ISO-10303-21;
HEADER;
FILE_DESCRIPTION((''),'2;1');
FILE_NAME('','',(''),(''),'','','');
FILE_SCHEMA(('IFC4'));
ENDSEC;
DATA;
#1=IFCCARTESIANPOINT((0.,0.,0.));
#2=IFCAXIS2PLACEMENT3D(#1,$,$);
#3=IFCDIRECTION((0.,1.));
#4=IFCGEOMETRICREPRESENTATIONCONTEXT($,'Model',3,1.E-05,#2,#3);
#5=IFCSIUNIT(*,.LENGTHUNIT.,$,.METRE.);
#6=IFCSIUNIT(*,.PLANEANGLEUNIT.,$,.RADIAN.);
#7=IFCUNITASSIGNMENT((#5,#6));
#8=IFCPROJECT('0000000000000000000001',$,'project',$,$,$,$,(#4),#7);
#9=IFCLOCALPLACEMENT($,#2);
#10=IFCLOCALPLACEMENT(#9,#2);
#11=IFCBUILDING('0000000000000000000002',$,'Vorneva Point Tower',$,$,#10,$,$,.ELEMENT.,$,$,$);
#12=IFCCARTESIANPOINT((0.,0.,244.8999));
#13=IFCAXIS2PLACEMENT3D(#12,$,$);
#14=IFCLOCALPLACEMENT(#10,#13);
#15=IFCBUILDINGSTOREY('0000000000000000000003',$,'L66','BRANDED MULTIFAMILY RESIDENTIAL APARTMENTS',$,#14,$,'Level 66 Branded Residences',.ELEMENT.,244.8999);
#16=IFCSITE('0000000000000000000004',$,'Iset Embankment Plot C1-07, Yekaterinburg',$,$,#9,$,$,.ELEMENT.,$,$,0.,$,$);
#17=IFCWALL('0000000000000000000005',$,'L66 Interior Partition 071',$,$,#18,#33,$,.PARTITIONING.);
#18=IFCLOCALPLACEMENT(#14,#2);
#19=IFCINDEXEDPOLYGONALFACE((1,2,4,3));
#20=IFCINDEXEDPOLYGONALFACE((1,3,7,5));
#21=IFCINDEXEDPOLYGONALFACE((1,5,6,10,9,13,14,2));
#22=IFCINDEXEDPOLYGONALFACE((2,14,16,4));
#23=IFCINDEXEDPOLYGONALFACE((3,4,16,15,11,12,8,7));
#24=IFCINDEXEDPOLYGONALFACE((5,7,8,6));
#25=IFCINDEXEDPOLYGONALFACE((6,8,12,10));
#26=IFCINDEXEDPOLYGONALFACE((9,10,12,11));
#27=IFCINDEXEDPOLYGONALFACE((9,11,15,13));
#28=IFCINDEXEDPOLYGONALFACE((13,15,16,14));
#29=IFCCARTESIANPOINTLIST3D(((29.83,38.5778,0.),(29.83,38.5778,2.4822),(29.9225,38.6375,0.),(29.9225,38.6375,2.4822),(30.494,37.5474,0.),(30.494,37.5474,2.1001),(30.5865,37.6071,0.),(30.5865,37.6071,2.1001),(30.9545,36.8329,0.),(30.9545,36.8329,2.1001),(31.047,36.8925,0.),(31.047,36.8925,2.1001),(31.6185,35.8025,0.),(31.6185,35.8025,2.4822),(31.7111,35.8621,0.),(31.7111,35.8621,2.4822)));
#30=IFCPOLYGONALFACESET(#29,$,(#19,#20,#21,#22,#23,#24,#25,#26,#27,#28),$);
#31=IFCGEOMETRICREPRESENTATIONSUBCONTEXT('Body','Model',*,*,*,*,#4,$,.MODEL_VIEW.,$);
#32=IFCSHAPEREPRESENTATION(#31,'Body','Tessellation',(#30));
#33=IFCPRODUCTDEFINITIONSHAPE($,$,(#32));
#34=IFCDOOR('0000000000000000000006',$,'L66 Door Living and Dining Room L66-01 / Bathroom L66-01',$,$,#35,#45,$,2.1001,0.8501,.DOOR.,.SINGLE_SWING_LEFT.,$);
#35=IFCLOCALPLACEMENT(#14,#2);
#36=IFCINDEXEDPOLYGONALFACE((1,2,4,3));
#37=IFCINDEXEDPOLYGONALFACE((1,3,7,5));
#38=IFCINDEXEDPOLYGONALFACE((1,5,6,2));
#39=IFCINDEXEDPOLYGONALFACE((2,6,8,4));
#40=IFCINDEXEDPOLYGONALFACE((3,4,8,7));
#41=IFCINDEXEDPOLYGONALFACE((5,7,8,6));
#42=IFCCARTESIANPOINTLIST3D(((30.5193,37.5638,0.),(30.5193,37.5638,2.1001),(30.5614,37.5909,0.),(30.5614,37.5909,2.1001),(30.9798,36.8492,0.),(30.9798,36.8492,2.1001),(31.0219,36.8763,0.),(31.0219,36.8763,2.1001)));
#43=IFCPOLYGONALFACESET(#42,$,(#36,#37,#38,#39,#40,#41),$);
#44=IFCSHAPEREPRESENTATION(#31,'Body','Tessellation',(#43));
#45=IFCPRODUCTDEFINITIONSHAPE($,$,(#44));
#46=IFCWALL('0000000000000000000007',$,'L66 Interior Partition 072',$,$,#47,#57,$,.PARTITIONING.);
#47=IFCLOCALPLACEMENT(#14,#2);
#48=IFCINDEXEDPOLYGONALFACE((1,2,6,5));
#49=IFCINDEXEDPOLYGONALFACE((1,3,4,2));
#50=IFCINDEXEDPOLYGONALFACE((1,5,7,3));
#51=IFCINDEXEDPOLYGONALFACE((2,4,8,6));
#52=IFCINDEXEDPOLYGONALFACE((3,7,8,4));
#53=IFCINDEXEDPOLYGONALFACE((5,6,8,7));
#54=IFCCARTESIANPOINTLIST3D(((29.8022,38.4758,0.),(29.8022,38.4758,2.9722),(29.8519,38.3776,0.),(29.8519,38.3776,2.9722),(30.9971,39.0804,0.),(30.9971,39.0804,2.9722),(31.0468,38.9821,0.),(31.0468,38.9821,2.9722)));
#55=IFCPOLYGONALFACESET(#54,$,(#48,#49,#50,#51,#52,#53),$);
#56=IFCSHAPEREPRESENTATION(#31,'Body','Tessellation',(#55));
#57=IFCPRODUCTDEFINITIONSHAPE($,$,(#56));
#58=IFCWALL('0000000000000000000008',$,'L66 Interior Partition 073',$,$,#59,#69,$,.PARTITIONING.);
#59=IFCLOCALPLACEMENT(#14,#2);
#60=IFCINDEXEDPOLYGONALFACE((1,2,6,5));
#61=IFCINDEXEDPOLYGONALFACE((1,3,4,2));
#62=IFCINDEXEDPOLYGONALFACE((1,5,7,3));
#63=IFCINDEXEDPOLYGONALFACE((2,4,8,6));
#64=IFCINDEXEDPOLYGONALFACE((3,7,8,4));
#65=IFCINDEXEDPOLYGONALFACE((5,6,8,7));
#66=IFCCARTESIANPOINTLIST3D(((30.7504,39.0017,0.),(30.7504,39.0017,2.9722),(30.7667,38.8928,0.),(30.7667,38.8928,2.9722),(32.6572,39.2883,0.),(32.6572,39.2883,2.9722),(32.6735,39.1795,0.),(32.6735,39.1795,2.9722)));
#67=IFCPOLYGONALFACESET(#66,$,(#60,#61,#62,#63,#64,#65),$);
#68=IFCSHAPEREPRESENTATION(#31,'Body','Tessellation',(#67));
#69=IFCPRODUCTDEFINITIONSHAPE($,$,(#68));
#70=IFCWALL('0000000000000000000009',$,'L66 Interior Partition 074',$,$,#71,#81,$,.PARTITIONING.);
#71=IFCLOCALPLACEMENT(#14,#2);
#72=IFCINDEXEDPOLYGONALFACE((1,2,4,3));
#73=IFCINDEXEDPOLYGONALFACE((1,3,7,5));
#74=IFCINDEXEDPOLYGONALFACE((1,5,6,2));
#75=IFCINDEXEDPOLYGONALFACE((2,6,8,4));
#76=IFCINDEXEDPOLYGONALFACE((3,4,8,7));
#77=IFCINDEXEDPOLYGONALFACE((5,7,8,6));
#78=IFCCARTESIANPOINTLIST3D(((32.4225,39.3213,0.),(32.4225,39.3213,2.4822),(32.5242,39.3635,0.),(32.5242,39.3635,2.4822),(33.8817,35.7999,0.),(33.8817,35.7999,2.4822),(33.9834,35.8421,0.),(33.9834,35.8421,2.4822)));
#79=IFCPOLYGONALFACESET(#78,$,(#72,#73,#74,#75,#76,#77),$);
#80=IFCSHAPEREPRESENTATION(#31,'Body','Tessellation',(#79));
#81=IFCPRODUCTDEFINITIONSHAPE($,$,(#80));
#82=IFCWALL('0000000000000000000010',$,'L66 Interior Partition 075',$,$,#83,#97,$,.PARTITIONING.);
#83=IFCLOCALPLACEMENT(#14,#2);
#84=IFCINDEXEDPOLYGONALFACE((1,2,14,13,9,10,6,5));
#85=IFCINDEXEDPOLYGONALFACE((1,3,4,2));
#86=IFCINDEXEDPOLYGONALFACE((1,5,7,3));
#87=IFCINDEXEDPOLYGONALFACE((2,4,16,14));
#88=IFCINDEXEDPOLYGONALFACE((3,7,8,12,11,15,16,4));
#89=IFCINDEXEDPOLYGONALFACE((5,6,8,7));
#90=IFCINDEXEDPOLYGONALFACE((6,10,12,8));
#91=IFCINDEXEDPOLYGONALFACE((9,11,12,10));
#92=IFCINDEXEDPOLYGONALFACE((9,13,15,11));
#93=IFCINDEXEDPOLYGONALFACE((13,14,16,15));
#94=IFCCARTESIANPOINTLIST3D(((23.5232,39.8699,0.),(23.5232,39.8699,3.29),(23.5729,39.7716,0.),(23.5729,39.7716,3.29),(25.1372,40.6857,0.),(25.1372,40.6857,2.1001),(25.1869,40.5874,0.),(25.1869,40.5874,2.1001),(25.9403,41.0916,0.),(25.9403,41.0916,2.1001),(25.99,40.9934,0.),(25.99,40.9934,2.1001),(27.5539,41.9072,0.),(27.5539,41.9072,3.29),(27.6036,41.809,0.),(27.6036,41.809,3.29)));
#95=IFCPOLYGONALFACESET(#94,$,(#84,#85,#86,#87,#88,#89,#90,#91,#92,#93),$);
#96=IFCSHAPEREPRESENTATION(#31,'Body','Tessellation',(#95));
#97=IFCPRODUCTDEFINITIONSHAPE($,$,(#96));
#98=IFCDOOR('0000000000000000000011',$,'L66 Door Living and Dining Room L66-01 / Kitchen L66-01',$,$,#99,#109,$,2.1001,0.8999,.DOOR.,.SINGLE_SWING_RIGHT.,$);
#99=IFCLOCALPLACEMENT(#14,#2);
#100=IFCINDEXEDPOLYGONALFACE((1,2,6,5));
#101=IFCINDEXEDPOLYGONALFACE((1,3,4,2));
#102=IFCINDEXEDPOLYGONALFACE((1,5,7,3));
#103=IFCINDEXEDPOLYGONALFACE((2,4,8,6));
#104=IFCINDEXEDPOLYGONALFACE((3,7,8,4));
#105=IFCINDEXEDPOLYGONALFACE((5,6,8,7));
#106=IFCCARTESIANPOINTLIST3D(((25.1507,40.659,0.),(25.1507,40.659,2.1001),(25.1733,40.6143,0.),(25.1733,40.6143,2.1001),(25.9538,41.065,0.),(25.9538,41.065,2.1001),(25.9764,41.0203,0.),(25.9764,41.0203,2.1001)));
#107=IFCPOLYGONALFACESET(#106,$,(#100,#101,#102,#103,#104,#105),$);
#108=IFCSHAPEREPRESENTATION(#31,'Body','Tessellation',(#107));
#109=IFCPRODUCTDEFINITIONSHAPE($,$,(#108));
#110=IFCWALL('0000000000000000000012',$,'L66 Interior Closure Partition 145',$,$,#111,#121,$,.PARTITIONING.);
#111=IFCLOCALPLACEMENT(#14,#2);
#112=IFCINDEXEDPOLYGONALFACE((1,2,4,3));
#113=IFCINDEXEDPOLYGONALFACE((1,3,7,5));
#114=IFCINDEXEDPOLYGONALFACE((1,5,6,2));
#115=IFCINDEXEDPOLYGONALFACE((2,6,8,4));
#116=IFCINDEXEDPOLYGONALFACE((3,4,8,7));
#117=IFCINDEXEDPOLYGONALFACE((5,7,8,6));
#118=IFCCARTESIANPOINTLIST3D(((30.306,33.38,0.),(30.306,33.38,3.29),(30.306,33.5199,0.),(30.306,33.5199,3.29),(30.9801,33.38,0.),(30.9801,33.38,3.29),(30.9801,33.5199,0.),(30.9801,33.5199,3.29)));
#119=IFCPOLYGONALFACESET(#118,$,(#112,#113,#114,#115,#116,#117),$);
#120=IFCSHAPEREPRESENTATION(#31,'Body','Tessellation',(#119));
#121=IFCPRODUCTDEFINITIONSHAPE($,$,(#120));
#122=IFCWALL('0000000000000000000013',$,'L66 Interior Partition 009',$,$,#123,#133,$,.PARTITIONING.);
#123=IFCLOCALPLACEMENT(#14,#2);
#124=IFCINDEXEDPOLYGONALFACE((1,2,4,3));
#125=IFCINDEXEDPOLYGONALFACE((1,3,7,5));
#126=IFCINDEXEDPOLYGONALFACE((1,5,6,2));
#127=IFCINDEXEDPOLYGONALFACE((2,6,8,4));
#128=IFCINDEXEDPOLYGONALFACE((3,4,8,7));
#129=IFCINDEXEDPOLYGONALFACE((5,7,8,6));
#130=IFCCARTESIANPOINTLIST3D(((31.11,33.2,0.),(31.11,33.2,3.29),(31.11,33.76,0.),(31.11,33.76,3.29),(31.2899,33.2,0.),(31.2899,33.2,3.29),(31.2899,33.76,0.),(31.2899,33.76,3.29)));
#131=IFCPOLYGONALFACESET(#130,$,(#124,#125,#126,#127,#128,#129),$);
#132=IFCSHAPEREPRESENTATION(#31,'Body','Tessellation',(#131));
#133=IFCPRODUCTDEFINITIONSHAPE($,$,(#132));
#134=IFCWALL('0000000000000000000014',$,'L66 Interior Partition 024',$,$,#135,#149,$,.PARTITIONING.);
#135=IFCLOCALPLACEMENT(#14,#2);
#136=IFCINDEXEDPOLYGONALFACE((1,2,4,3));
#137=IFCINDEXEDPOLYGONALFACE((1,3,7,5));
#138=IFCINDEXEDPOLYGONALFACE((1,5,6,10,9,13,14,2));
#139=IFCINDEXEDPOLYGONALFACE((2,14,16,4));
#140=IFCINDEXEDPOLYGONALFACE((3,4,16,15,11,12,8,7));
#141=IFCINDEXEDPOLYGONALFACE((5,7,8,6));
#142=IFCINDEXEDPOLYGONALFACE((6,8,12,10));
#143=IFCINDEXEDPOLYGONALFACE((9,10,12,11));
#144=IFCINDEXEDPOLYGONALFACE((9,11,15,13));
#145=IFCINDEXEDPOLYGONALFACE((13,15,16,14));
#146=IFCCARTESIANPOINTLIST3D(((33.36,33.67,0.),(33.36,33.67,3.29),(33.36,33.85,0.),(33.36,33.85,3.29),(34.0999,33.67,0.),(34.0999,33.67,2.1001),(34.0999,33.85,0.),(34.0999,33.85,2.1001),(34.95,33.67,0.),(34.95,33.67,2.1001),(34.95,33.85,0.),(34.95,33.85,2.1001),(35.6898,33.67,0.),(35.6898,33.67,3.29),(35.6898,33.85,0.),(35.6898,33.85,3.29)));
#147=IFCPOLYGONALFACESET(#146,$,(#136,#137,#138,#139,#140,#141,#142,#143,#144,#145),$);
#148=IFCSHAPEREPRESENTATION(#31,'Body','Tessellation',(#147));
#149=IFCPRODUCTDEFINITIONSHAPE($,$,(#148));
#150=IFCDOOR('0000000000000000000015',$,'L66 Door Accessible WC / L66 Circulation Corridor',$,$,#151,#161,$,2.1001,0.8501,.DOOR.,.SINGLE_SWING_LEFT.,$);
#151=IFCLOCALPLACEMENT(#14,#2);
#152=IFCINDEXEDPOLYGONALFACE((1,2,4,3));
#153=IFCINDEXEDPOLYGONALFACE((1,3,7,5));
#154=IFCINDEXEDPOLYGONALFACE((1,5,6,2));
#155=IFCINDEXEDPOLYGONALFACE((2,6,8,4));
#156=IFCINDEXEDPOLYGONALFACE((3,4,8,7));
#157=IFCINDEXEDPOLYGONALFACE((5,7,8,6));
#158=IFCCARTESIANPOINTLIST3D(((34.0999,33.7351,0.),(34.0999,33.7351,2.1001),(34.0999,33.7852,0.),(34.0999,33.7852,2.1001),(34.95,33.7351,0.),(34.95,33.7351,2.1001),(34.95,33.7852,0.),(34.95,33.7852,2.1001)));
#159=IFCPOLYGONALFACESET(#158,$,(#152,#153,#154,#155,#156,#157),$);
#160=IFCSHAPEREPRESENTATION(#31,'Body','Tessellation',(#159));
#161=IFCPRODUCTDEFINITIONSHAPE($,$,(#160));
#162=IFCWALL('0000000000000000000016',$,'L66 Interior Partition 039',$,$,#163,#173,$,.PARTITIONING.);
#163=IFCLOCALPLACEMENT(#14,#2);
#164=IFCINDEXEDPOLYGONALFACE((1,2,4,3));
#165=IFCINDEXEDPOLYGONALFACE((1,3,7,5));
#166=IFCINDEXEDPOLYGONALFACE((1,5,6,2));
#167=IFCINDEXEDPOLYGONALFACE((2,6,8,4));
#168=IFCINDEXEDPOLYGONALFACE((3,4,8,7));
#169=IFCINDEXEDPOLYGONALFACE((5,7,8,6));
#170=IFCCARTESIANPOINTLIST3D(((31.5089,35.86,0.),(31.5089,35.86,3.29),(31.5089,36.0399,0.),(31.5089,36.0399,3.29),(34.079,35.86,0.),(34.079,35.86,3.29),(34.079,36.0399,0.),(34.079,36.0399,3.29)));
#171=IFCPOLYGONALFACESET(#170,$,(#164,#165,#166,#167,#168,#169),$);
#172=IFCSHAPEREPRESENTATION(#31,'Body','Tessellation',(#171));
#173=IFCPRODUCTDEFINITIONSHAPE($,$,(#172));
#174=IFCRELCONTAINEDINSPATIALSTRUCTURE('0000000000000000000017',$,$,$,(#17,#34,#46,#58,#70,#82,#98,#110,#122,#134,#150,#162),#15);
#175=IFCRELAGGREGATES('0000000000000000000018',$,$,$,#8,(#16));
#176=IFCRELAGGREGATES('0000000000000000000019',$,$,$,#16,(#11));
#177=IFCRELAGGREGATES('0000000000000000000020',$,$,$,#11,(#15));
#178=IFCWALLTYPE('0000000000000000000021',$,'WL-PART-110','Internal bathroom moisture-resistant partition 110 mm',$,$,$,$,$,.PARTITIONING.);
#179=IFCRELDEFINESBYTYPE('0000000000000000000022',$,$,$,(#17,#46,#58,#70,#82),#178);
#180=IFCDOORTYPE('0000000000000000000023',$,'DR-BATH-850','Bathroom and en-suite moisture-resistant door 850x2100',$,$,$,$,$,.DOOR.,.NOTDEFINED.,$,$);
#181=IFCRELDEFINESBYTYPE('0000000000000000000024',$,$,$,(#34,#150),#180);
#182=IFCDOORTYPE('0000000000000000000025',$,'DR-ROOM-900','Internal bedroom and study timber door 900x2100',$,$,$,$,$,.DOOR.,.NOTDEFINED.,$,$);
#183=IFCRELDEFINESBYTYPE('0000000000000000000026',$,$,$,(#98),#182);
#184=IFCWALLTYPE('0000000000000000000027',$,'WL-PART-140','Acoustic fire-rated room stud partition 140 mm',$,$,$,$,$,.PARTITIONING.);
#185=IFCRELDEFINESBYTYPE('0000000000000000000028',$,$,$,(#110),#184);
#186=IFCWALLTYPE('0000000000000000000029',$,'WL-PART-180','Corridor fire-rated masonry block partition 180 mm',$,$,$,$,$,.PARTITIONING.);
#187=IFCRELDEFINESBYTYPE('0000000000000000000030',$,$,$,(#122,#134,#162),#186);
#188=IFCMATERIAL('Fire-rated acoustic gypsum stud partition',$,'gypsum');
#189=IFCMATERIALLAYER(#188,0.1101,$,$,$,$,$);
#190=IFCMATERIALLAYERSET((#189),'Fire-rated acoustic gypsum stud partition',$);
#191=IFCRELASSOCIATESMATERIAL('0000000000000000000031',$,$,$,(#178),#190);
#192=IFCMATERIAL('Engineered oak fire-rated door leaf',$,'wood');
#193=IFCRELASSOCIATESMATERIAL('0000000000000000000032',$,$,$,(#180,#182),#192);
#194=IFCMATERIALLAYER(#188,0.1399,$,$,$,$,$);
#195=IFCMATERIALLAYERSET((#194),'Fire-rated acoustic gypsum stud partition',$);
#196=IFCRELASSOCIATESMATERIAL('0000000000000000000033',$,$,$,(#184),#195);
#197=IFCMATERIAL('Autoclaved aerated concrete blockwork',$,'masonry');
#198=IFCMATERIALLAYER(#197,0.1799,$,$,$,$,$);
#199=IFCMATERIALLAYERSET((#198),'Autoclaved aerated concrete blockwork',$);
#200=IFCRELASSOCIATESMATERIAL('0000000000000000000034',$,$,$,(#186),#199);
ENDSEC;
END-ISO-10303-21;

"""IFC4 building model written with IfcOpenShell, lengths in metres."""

from ifc_helpers import new_model, si_unit, direction, frame, frame_2d, origin, place, context, subcontext, project, spatial, rectangle, extrude, material, layer, layer_set, type_object, element, fill, save


model = new_model("IFC4")

# Units and contexts
model_context = context("Model", 3, precision=1e-05, world=origin(), true_north=direction((0.0, 1.0)))
body_context = subcontext(model_context, "Body", "Model", "MODEL_VIEW")
ifc_project = project(units=[si_unit("LENGTHUNIT", "METRE"), si_unit("PLANEANGLEUNIT", "RADIAN")], contexts=[model_context])

# Site, building, storey
site_placement = place(None, origin())
site = spatial("IfcSite", under=ifc_project, at=site_placement, Name="Iset Embankment Plot C1-07, Yekaterinburg", CompositionType="ELEMENT", RefElevation=0.0)
building_placement = place(site_placement, origin())
building = spatial("IfcBuilding", under=site, at=building_placement, Name="Vorneva Point Tower", CompositionType="ELEMENT")
storey_placement = place(building_placement, frame((0.0, 0.0, 244.8999)))
storey = spatial("IfcBuildingStorey", under=building, at=storey_placement, Name="L66", Description="BRANDED MULTIFAMILY RESIDENTIAL APARTMENTS", LongName="Level 66 Branded Residences", CompositionType="ELEMENT", Elevation=244.8999)

# Wall, opening, door
ifc_material_1 = material(Name="Fire-rated acoustic gypsum stud partition", Category="gypsum")
ifc_layer_1 = layer(ifc_material_1, 0.1101)
ifc_layer_set_1 = layer_set([ifc_layer_1], Name="Fire-rated acoustic gypsum stud partition")
wall_type_1 = type_object("IfcWallType", Name="WL-PART-110", Description="Internal bathroom moisture-resistant partition 110 mm", PredefinedType="PARTITIONING", material=ifc_layer_set_1)
wall_1_placement = place(storey_placement, frame((31.6648, 35.8323, 0.0), z_axis=(0.0, 0.0, 1.0), x_axis=(-0.541699, 0.840573, 0.0)))
wall_1 = element("IfcWall", 1, at=wall_1_placement, inside=storey, type_object=wall_type_1, Name="L66 Interior Partition 071", PredefinedType="PARTITIONING", context=body_context, shape_type="SweptSolid", body=[
    extrude(rectangle(XDim=3.3018, YDim=0.1101, at=frame_2d((1.6509, 0.0))), origin(), (0.0, 0.0, 1.0), 2.4822),
])
opening_1_placement = place(wall_1_placement, frame((1.2258, 0.0, 0.0)))
opening_1 = element("IfcOpeningElement", 2, at=opening_1_placement, cuts=wall_1, PredefinedType="OPENING", context=body_context, shape_type="SweptSolid", body=[
    extrude(rectangle(XDim=0.8501, YDim=2.1001, at=frame_2d((0.425, 1.05))), frame((0.0, 0.0698, 0.0), z_axis=(0.0, -1.0, 0.0), x_axis=(1.0, 0.0, 0.0)), (0.0, 0.0, 1.0), 0.1399),
])
ifc_material_2 = material(Name="Engineered oak fire-rated door leaf", Category="wood")
door_type_1 = type_object("IfcDoorType", Name="DR-BATH-850", Description="Bathroom and en-suite moisture-resistant door 850x2100", OperationType="NOTDEFINED", PredefinedType="DOOR", material=ifc_material_2)
door_1_placement = place(opening_1_placement, origin())
door_1 = element("IfcDoor", 3, at=door_1_placement, inside=storey, type_object=door_type_1, Name="L66 Door Living and Dining Room L66-01 / Bathroom L66-01", OperationType="SINGLE_SWING_LEFT", OverallHeight=2.1001, OverallWidth=0.8501, PredefinedType="DOOR", context=body_context, shape_type="SweptSolid", body=[
    extrude(rectangle(XDim=0.8501, YDim=2.1001, at=frame_2d((0.425, 1.05))), frame((0.0, 0.0249, 0.0), z_axis=(0.0, -1.0, 0.0), x_axis=(1.0, 0.0, 0.0)), (0.0, 0.0, 1.0), 0.05),
])
fill(opening_1, door_1)

# Walls
wall_2_placement = place(storey_placement, frame((29.8271, 38.4268, 0.0), z_axis=(0.0, 0.0, 1.0), x_axis=(0.892302, 0.451439, 0.0)))
element("IfcWall", 4, at=wall_2_placement, inside=storey, type_object=wall_type_1, Name="L66 Interior Partition 072", PredefinedType="PARTITIONING", context=body_context, shape_type="SweptSolid", body=[
    extrude(rectangle(XDim=1.3391, YDim=0.1101, at=frame_2d((0.6694, 0.0))), origin(), (0.0, 0.0, 1.0), 2.9722),
])
wall_3_placement = place(storey_placement, frame((30.7585, 38.9473, 0.0), z_axis=(0.0, 0.0, 1.0), x_axis=(0.98889, 0.14865, 0.0)))
element("IfcWall", 5, at=wall_3_placement, inside=storey, type_object=wall_type_1, Name="L66 Interior Partition 073", PredefinedType="PARTITIONING", context=body_context, shape_type="SweptSolid", body=[
    extrude(rectangle(XDim=1.9282, YDim=0.1101, at=frame_2d((0.9641, 0.0))), origin(), (0.0, 0.0, 1.0), 2.9722),
])
wall_4_placement = place(storey_placement, frame((32.4734, 39.3423, 0.0), z_axis=(0.0, 0.0, 1.0), x_axis=(0.382814, -0.923826, 0.0)))
element("IfcWall", 6, at=wall_4_placement, inside=storey, type_object=wall_type_1, Name="L66 Interior Partition 074", PredefinedType="PARTITIONING", context=body_context, shape_type="SweptSolid", body=[
    extrude(rectangle(XDim=3.8118, YDim=0.1101, at=frame_2d((1.9058, 0.0))), origin(), (0.0, 0.0, 1.0), 2.4822),
])

# Wall, opening, door
wall_5_placement = place(storey_placement, frame((27.5789, 41.8582, 0.0), z_axis=(0.0, 0.0, 1.0), x_axis=(-0.892473, -0.451101, 0.0)))
wall_5 = element("IfcWall", 7, at=wall_5_placement, inside=storey, type_object=wall_type_1, Name="L66 Interior Partition 075", PredefinedType="PARTITIONING", context=body_context, shape_type="SweptSolid", body=[
    extrude(rectangle(XDim=4.5164, YDim=0.1101, at=frame_2d((2.2583, 0.0))), origin(), (0.0, 0.0, 1.0), 3.29),
])
opening_2_placement = place(wall_5_placement, frame((1.8081, 0.0, 0.0)))
opening_2 = element("IfcOpeningElement", 8, at=opening_2_placement, cuts=wall_5, PredefinedType="OPENING", context=body_context, shape_type="SweptSolid", body=[
    extrude(rectangle(XDim=0.8999, YDim=2.1001, at=frame_2d((0.45, 1.05))), frame((0.0, 0.0698, 0.0), z_axis=(0.0, -1.0, 0.0), x_axis=(1.0, 0.0, 0.0)), (0.0, 0.0, 1.0), 0.1399),
])
door_type_2 = type_object("IfcDoorType", Name="DR-ROOM-900", Description="Internal bedroom and study timber door 900x2100", OperationType="NOTDEFINED", PredefinedType="DOOR", material=ifc_material_2)
door_2_placement = place(opening_2_placement, origin())
door_2 = element("IfcDoor", 9, at=door_2_placement, inside=storey, type_object=door_type_2, Name="L66 Door Living and Dining Room L66-01 / Kitchen L66-01", OperationType="SINGLE_SWING_RIGHT", OverallHeight=2.1001, OverallWidth=0.8999, PredefinedType="DOOR", context=body_context, shape_type="SweptSolid", body=[
    extrude(rectangle(XDim=0.8999, YDim=2.1001, at=frame_2d((0.45, 1.05))), frame((0.0, 0.0249, 0.0), z_axis=(0.0, -1.0, 0.0), x_axis=(1.0, 0.0, 0.0)), (0.0, 0.0, 1.0), 0.05),
])
fill(opening_2, door_2)

# Wall
ifc_layer_2 = layer(ifc_material_1, 0.1399)
ifc_layer_set_2 = layer_set([ifc_layer_2], Name="Fire-rated acoustic gypsum stud partition")
wall_type_2 = type_object("IfcWallType", Name="WL-PART-140", Description="Acoustic fire-rated room stud partition 140 mm", PredefinedType="PARTITIONING", material=ifc_layer_set_2)
wall_6_placement = place(storey_placement, frame((30.98, 33.45, 0.0), z_axis=(0.0, 0.0, 1.0), x_axis=(-1.0, 0.0, 0.0)))
element("IfcWall", 10, at=wall_6_placement, inside=storey, type_object=wall_type_2, Name="L66 Interior Closure Partition 145", PredefinedType="PARTITIONING", context=body_context, shape_type="SweptSolid", body=[
    extrude(rectangle(XDim=0.6741, YDim=0.1399, at=frame_2d((0.3369, 0.0))), origin(), (0.0, 0.0, 1.0), 3.29),
])

# Shared definitions
ifc_material_3 = material(Name="Autoclaved aerated concrete blockwork", Category="masonry")
ifc_layer_3 = layer(ifc_material_3, 0.1799)
ifc_layer_set_3 = layer_set([ifc_layer_3], Name="Autoclaved aerated concrete blockwork")
wall_type_3 = type_object("IfcWallType", Name="WL-PART-180", Description="Corridor fire-rated masonry block partition 180 mm", PredefinedType="PARTITIONING", material=ifc_layer_set_3)

# Wall
wall_7_placement = place(storey_placement, frame((31.2, 33.76, 0.0), z_axis=(0.0, 0.0, 1.0), x_axis=(0.0, -1.0, 0.0)))
element("IfcWall", 11, at=wall_7_placement, inside=storey, type_object=wall_type_3, Name="L66 Interior Partition 009", PredefinedType="PARTITIONING", context=body_context, shape_type="SweptSolid", body=[
    extrude(rectangle(XDim=0.5601, YDim=0.1799, at=frame_2d((0.28, 0.0))), origin(), (0.0, 0.0, 1.0), 3.29),
])

# Wall, opening, door
wall_8_placement = place(storey_placement, frame((35.6899, 33.76, 0.0), z_axis=(0.0, 0.0, 1.0), x_axis=(-1.0, 0.0, 0.0)))
wall_8 = element("IfcWall", 12, at=wall_8_placement, inside=storey, type_object=wall_type_3, Name="L66 Interior Partition 024", PredefinedType="PARTITIONING", context=body_context, shape_type="SweptSolid", body=[
    extrude(rectangle(XDim=2.3298, YDim=0.1799, at=frame_2d((1.165, 0.0))), origin(), (0.0, 0.0, 1.0), 3.29),
])
opening_3_placement = place(wall_8_placement, frame((0.74, 0.0, 0.0)))
opening_3 = element("IfcOpeningElement", 13, at=opening_3_placement, cuts=wall_8, PredefinedType="OPENING", context=body_context, shape_type="SweptSolid", body=[
    extrude(rectangle(XDim=0.8501, YDim=2.1001, at=frame_2d((0.425, 1.05))), frame((0.0, 0.105, 0.0), z_axis=(0.0, -1.0, 0.0), x_axis=(1.0, 0.0, 0.0)), (0.0, 0.0, 1.0), 0.2097),
])
door_3_placement = place(opening_3_placement, origin())
door_3 = element("IfcDoor", 14, at=door_3_placement, inside=storey, type_object=door_type_1, Name="L66 Door Accessible WC / L66 Circulation Corridor", OperationType="SINGLE_SWING_LEFT", OverallHeight=2.1001, OverallWidth=0.8501, PredefinedType="DOOR", context=body_context, shape_type="SweptSolid", body=[
    extrude(rectangle(XDim=0.8501, YDim=2.1001, at=frame_2d((0.425, 1.05))), frame((0.0, 0.0249, 0.0), z_axis=(0.0, -1.0, 0.0), x_axis=(1.0, 0.0, 0.0)), (0.0, 0.0, 1.0), 0.05),
])
fill(opening_3, door_3)

# Wall
wall_9_placement = place(storey_placement, frame((34.0791, 35.95, 0.0), z_axis=(0.0, 0.0, 1.0), x_axis=(-1.0, 0.0, 0.0)))
element("IfcWall", 15, at=wall_9_placement, inside=storey, type_object=wall_type_3, Name="L66 Interior Partition 039", PredefinedType="PARTITIONING", context=body_context, shape_type="SweptSolid", body=[
    extrude(rectangle(XDim=2.5701, YDim=0.1799, at=frame_2d((1.2852, 0.0))), origin(), (0.0, 0.0, 1.0), 3.29),
])

save(model, "model.ifc")
